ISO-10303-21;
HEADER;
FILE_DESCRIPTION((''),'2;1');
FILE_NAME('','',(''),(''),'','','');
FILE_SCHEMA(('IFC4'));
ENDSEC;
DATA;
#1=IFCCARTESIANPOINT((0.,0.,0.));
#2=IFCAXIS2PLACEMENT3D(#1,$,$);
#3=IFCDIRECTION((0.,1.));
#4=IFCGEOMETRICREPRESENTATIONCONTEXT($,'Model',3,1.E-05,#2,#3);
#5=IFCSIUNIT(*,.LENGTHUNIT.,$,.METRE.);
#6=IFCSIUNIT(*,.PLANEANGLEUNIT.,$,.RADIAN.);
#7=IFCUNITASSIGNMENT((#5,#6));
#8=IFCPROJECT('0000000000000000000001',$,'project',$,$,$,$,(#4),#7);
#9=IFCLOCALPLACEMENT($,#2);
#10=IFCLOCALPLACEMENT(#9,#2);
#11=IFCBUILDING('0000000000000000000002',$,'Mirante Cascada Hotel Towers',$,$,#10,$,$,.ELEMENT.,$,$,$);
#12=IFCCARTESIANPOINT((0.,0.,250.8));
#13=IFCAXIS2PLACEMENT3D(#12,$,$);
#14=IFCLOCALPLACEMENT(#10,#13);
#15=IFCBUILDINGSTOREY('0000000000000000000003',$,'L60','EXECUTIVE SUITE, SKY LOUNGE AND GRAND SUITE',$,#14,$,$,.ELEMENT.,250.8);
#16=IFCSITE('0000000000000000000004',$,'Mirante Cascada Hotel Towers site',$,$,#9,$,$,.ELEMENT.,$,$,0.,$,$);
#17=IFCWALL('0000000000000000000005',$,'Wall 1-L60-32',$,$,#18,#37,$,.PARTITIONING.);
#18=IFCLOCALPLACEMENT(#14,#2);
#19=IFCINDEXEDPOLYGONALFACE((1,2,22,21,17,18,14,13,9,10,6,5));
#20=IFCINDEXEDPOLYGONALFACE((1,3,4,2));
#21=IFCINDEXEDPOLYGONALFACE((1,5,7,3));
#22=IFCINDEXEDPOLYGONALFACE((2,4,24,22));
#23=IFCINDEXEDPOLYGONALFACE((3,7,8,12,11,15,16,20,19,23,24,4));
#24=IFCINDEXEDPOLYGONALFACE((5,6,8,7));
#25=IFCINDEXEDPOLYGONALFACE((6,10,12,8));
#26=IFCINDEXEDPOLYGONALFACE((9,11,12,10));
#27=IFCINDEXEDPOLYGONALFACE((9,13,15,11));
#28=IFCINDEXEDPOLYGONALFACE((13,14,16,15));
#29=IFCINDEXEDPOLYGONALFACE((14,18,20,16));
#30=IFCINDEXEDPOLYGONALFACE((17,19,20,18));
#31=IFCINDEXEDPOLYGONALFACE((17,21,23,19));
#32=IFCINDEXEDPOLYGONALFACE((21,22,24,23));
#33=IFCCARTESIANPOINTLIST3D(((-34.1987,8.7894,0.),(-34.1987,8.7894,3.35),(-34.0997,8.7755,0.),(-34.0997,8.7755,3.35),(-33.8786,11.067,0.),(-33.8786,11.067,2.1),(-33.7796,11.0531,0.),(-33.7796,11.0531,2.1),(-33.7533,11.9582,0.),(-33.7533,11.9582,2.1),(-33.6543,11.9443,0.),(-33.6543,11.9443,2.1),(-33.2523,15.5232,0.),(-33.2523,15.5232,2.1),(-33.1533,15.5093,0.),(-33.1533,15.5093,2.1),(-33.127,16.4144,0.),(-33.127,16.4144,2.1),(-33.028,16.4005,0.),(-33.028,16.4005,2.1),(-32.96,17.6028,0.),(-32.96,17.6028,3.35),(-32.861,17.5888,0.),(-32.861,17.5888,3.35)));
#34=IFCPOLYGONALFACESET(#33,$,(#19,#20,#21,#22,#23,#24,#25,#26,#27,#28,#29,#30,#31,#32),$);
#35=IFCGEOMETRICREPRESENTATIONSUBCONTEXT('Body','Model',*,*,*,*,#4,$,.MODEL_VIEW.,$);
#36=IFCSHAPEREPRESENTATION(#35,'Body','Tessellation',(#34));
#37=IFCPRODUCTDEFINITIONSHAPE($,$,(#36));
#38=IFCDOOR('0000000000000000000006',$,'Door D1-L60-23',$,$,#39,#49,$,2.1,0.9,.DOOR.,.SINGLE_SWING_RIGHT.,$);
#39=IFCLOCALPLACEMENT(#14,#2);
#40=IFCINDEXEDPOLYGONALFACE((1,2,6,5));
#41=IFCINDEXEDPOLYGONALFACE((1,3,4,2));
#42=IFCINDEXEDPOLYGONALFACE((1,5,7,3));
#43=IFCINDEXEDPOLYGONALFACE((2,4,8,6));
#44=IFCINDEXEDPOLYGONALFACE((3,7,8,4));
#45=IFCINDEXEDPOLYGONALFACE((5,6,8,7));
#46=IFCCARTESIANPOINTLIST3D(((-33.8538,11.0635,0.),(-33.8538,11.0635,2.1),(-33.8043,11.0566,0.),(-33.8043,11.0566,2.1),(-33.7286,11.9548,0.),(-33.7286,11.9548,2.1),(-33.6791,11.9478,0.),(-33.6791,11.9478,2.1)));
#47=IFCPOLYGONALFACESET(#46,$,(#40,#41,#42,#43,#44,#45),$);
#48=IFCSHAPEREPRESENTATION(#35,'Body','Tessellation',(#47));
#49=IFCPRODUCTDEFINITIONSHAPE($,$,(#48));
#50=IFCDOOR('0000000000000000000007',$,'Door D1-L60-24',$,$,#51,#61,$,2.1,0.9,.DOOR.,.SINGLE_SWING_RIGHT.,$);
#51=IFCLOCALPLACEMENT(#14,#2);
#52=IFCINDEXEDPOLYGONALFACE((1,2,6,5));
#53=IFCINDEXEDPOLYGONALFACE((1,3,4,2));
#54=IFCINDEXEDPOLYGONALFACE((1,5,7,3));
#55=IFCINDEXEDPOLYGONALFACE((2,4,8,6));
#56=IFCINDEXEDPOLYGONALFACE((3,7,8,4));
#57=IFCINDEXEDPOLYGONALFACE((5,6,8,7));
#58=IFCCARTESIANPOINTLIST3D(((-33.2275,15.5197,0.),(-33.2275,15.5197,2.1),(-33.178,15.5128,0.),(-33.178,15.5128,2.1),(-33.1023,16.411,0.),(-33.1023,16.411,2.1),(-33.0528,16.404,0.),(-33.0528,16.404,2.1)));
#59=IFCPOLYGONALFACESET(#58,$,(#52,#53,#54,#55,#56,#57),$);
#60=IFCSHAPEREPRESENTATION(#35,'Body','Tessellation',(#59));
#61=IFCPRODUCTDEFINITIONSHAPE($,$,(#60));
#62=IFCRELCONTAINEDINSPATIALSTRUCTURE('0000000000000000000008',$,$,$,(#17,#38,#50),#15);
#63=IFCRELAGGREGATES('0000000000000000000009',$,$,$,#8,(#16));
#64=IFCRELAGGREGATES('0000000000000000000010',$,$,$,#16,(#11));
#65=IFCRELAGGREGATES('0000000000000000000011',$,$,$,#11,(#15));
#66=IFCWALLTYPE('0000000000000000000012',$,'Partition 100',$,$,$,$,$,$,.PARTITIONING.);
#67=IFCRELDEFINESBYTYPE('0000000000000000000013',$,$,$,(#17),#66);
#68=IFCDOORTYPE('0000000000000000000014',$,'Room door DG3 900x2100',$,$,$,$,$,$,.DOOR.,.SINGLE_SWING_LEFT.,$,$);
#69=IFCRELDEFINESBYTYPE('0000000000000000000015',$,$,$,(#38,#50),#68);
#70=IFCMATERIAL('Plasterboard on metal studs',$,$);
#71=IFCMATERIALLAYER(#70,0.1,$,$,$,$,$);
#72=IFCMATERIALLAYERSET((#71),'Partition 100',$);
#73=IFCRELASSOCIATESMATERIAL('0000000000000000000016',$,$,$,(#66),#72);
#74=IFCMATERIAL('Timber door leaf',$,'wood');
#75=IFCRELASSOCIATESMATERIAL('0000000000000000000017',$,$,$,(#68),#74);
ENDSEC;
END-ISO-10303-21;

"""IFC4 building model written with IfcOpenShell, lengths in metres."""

from ifc_helpers import new_model, si_unit, direction, frame, frame_2d, origin, place, context, subcontext, project, spatial, rectangle, extrude, material, layer, layer_set, type_object, element, fill, save


model = new_model("IFC4")

# Units and contexts
model_context = context("Model", 3, precision=1e-05, world=origin(), true_north=direction((0.0, 1.0)))
body_context = subcontext(model_context, "Body", "Model", "MODEL_VIEW")
ifc_project = project(units=[si_unit("LENGTHUNIT", "METRE"), si_unit("PLANEANGLEUNIT", "RADIAN")], contexts=[model_context])

# Site, building, storey
site_placement = place(None, origin())
site = spatial("IfcSite", under=ifc_project, at=site_placement, Name="Mirante Cascada Hotel Towers site", CompositionType="ELEMENT", RefElevation=0.0)
building_placement = place(site_placement, origin())
building = spatial("IfcBuilding", under=site, at=building_placement, Name="Mirante Cascada Hotel Towers", CompositionType="ELEMENT")
storey_placement = place(building_placement, frame((0.0, 0.0, 250.8)))
storey = spatial("IfcBuildingStorey", under=building, at=storey_placement, Name="L60", Description="EXECUTIVE SUITE, SKY LOUNGE AND GRAND SUITE", CompositionType="ELEMENT", Elevation=250.8)

# Shared definitions
ifc_material_1 = material(Name="Plasterboard on metal studs")
ifc_layer_1 = layer(ifc_material_1, 0.1)
ifc_layer_set_1 = layer_set([ifc_layer_1], Name="Partition 100")
wall_type = type_object("IfcWallType", Name="Partition 100", PredefinedType="PARTITIONING", material=ifc_layer_set_1)

# Wall, openings, doors
wall_1_placement = place(storey_placement, frame((-32.9105, 17.5958, 0.0), z_axis=(0.0, 0.0, 1.0), x_axis=(-0.139179, -0.990267, 0.0)))
wall_1 = element("IfcWall", 1, at=wall_1_placement, inside=storey, type_object=wall_type, Name="Wall 1-L60-32", PredefinedType="PARTITIONING", context=body_context, shape_type="SweptSolid", body=[
    extrude(rectangle(XDim=8.9, YDim=0.1, at=frame_2d((4.45, 0.0))), origin(), (0.0, 0.0, 1.0), 3.35),
])
opening_1_placement = place(wall_1_placement, frame((5.7, 0.0, 0.0)))
opening_1 = element("IfcOpeningElement", 2, at=opening_1_placement, cuts=wall_1, PredefinedType="OPENING", context=body_context, shape_type="SweptSolid", body=[
    extrude(rectangle(XDim=0.9, YDim=2.1, at=frame_2d((0.45, 1.05))), frame((0.0, 0.05, 0.0), z_axis=(0.0, -1.0, 0.0), x_axis=(1.0, 0.0, 0.0)), (0.0, 0.0, 1.0), 0.1),
])
opening_2_placement = place(wall_1_placement, frame((1.2, 0.0, 0.0)))
opening_2 = element("IfcOpeningElement", 3, at=opening_2_placement, cuts=wall_1, PredefinedType="OPENING", context=body_context, shape_type="SweptSolid", body=[
    extrude(rectangle(XDim=0.9, YDim=2.1, at=frame_2d((0.45, 1.05))), frame((0.0, 0.05, 0.0), z_axis=(0.0, -1.0, 0.0), x_axis=(1.0, 0.0, 0.0)), (0.0, 0.0, 1.0), 0.1),
])
ifc_material_2 = material(Name="Timber door leaf", Category="wood")
door_type_1 = type_object("IfcDoorType", Name="Room door DG3 900x2100", OperationType="SINGLE_SWING_LEFT", PredefinedType="DOOR", material=ifc_material_2)
door_1_placement = place(opening_1_placement, frame((0.9, 0.0, 0.0), z_axis=(0.0, 0.0, 1.0), x_axis=(-1.0, 0.0, 0.0)))
door_1 = element("IfcDoor", 4, at=door_1_placement, inside=storey, type_object=door_type_1, Name="Door D1-L60-23", OperationType="SINGLE_SWING_RIGHT", OverallHeight=2.1, OverallWidth=0.9, PredefinedType="DOOR", context=body_context, shape_type="SweptSolid", body=[
    extrude(rectangle(XDim=0.9, YDim=2.1, at=frame_2d((0.45, 1.05))), frame((0.0, 0.025, 0.0), z_axis=(0.0, -1.0, 0.0), x_axis=(1.0, 0.0, 0.0)), (0.0, 0.0, 1.0), 0.05),
])
fill(opening_1, door_1)
door_2_placement = place(opening_2_placement, frame((0.9, 0.0, 0.0), z_axis=(0.0, 0.0, 1.0), x_axis=(-1.0, 0.0, 0.0)))
door_2 = element("IfcDoor", 5, at=door_2_placement, inside=storey, type_object=door_type_1, Name="Door D1-L60-24", OperationType="SINGLE_SWING_RIGHT", OverallHeight=2.1, OverallWidth=0.9, PredefinedType="DOOR", context=body_context, shape_type="SweptSolid", body=[
    extrude(rectangle(XDim=0.9, YDim=2.1, at=frame_2d((0.45, 1.05))), frame((0.0, 0.025, 0.0), z_axis=(0.0, -1.0, 0.0), x_axis=(1.0, 0.0, 0.0)), (0.0, 0.0, 1.0), 0.05),
])
fill(opening_2, door_2)

save(model, "model.ifc")
